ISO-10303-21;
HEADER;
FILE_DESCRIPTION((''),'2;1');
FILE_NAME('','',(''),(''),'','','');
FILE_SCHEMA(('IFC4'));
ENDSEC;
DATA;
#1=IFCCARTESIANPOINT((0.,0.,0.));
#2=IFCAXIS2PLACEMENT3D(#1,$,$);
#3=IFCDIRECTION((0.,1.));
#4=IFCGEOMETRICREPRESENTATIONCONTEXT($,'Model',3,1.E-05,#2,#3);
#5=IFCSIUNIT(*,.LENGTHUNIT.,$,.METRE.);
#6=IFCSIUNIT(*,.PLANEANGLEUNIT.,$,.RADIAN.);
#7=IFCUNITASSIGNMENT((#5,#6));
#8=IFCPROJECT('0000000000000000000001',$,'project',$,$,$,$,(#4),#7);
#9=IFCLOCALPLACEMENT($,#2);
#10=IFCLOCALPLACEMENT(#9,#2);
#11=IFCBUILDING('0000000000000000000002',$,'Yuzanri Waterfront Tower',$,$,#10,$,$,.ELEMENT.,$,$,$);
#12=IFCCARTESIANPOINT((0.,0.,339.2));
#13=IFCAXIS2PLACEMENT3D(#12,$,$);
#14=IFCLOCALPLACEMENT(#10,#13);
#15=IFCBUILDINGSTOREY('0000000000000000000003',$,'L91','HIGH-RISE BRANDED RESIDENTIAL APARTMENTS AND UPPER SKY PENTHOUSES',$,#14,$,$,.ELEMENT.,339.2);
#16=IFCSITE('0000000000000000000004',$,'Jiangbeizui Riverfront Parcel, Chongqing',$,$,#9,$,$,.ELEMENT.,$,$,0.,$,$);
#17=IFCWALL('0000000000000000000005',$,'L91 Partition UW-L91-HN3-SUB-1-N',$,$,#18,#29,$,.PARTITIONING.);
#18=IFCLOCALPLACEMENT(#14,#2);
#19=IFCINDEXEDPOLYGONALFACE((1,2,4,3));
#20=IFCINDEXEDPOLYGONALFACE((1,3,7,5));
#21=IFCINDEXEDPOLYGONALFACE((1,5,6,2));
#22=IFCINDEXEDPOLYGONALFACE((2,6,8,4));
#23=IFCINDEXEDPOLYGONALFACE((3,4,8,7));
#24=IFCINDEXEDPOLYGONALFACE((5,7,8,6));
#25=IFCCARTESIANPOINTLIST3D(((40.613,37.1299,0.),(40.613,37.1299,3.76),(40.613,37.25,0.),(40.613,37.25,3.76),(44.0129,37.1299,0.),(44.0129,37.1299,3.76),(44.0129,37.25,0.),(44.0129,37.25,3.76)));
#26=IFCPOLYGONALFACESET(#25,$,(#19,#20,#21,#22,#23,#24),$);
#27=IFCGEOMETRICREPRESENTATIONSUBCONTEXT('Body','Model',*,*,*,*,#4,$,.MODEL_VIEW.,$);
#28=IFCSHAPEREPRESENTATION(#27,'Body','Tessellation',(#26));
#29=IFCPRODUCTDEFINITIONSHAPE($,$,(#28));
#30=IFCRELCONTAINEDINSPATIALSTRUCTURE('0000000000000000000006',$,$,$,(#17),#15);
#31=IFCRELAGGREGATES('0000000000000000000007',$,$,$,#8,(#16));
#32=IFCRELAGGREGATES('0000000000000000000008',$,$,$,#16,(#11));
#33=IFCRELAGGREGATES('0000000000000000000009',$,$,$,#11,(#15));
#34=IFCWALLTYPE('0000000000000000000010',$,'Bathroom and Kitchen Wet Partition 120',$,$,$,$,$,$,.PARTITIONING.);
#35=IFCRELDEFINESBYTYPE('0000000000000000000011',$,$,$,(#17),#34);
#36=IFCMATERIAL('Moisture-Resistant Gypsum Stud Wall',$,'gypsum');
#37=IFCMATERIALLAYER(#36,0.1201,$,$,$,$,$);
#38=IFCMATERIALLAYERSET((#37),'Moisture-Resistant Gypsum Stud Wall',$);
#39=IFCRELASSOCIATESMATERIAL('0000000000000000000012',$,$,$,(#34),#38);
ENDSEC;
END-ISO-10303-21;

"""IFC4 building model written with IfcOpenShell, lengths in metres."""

from ifc_helpers import new_model, si_unit, direction, frame, frame_2d, origin, place, context, subcontext, project, spatial, rectangle, extrude, source, transform, mapped, material, layer, layer_set, type_object, element, save


model = new_model("IFC4")

# Units and contexts
model_context = context("Model", 3, precision=1e-05, world=origin(), true_north=direction((0.0, 1.0)))
body_context = subcontext(model_context, "Body", "Model", "MODEL_VIEW")
ifc_project = project(units=[si_unit("LENGTHUNIT", "METRE"), si_unit("PLANEANGLEUNIT", "RADIAN")], contexts=[model_context])

# Site, building, storey
site_placement = place(None, origin())
site = spatial("IfcSite", under=ifc_project, at=site_placement, Name="Jiangbeizui Riverfront Parcel, Chongqing", CompositionType="ELEMENT", RefElevation=0.0)
building_placement = place(site_placement, origin())
building = spatial("IfcBuilding", under=site, at=building_placement, Name="Yuzanri Waterfront Tower", CompositionType="ELEMENT")
storey_placement = place(building_placement, frame((0.0, 0.0, 339.2)))
storey = spatial("IfcBuildingStorey", under=building, at=storey_placement, Name="L91", Description="HIGH-RISE BRANDED RESIDENTIAL APARTMENTS AND UPPER SKY PENTHOUSES", CompositionType="ELEMENT", Elevation=339.2)

# Shared definitions
ifc_material_1 = material(Name="Moisture-Resistant Gypsum Stud Wall", Category="gypsum")
ifc_layer_1 = layer(ifc_material_1, 0.1201)
ifc_layer_set_1 = layer_set([ifc_layer_1], Name="Moisture-Resistant Gypsum Stud Wall")
wall_type_1 = type_object("IfcWallType", Name="Bathroom and Kitchen Wet Partition 120", PredefinedType="PARTITIONING", material=ifc_layer_set_1)

# Wall
shared_shape_1 = source(origin(), body_context, "Body", "SweptSolid", [
    extrude(rectangle(XDim=3.3999, YDim=0.1201, at=frame_2d((1.7, 0.0))), origin(), (0.0, 0.0, 1.0), 3.76),
])
wall_1_placement = place(storey_placement, frame((40.613, 37.1899, 0.0), z_axis=(0.0, 0.0, 1.0), x_axis=(1.0, 0.0, 0.0)))
element("IfcWall", 1, at=wall_1_placement, inside=storey, type_object=wall_type_1, Name="L91 Partition UW-L91-HN3-SUB-1-N", PredefinedType="PARTITIONING", context=body_context, shape_type="MappedRepresentation", body=[
    mapped(shared_shape_1, transform((0.0, 0.0, 0.0), scale=1.0)),
])

save(model, "model.ifc")
